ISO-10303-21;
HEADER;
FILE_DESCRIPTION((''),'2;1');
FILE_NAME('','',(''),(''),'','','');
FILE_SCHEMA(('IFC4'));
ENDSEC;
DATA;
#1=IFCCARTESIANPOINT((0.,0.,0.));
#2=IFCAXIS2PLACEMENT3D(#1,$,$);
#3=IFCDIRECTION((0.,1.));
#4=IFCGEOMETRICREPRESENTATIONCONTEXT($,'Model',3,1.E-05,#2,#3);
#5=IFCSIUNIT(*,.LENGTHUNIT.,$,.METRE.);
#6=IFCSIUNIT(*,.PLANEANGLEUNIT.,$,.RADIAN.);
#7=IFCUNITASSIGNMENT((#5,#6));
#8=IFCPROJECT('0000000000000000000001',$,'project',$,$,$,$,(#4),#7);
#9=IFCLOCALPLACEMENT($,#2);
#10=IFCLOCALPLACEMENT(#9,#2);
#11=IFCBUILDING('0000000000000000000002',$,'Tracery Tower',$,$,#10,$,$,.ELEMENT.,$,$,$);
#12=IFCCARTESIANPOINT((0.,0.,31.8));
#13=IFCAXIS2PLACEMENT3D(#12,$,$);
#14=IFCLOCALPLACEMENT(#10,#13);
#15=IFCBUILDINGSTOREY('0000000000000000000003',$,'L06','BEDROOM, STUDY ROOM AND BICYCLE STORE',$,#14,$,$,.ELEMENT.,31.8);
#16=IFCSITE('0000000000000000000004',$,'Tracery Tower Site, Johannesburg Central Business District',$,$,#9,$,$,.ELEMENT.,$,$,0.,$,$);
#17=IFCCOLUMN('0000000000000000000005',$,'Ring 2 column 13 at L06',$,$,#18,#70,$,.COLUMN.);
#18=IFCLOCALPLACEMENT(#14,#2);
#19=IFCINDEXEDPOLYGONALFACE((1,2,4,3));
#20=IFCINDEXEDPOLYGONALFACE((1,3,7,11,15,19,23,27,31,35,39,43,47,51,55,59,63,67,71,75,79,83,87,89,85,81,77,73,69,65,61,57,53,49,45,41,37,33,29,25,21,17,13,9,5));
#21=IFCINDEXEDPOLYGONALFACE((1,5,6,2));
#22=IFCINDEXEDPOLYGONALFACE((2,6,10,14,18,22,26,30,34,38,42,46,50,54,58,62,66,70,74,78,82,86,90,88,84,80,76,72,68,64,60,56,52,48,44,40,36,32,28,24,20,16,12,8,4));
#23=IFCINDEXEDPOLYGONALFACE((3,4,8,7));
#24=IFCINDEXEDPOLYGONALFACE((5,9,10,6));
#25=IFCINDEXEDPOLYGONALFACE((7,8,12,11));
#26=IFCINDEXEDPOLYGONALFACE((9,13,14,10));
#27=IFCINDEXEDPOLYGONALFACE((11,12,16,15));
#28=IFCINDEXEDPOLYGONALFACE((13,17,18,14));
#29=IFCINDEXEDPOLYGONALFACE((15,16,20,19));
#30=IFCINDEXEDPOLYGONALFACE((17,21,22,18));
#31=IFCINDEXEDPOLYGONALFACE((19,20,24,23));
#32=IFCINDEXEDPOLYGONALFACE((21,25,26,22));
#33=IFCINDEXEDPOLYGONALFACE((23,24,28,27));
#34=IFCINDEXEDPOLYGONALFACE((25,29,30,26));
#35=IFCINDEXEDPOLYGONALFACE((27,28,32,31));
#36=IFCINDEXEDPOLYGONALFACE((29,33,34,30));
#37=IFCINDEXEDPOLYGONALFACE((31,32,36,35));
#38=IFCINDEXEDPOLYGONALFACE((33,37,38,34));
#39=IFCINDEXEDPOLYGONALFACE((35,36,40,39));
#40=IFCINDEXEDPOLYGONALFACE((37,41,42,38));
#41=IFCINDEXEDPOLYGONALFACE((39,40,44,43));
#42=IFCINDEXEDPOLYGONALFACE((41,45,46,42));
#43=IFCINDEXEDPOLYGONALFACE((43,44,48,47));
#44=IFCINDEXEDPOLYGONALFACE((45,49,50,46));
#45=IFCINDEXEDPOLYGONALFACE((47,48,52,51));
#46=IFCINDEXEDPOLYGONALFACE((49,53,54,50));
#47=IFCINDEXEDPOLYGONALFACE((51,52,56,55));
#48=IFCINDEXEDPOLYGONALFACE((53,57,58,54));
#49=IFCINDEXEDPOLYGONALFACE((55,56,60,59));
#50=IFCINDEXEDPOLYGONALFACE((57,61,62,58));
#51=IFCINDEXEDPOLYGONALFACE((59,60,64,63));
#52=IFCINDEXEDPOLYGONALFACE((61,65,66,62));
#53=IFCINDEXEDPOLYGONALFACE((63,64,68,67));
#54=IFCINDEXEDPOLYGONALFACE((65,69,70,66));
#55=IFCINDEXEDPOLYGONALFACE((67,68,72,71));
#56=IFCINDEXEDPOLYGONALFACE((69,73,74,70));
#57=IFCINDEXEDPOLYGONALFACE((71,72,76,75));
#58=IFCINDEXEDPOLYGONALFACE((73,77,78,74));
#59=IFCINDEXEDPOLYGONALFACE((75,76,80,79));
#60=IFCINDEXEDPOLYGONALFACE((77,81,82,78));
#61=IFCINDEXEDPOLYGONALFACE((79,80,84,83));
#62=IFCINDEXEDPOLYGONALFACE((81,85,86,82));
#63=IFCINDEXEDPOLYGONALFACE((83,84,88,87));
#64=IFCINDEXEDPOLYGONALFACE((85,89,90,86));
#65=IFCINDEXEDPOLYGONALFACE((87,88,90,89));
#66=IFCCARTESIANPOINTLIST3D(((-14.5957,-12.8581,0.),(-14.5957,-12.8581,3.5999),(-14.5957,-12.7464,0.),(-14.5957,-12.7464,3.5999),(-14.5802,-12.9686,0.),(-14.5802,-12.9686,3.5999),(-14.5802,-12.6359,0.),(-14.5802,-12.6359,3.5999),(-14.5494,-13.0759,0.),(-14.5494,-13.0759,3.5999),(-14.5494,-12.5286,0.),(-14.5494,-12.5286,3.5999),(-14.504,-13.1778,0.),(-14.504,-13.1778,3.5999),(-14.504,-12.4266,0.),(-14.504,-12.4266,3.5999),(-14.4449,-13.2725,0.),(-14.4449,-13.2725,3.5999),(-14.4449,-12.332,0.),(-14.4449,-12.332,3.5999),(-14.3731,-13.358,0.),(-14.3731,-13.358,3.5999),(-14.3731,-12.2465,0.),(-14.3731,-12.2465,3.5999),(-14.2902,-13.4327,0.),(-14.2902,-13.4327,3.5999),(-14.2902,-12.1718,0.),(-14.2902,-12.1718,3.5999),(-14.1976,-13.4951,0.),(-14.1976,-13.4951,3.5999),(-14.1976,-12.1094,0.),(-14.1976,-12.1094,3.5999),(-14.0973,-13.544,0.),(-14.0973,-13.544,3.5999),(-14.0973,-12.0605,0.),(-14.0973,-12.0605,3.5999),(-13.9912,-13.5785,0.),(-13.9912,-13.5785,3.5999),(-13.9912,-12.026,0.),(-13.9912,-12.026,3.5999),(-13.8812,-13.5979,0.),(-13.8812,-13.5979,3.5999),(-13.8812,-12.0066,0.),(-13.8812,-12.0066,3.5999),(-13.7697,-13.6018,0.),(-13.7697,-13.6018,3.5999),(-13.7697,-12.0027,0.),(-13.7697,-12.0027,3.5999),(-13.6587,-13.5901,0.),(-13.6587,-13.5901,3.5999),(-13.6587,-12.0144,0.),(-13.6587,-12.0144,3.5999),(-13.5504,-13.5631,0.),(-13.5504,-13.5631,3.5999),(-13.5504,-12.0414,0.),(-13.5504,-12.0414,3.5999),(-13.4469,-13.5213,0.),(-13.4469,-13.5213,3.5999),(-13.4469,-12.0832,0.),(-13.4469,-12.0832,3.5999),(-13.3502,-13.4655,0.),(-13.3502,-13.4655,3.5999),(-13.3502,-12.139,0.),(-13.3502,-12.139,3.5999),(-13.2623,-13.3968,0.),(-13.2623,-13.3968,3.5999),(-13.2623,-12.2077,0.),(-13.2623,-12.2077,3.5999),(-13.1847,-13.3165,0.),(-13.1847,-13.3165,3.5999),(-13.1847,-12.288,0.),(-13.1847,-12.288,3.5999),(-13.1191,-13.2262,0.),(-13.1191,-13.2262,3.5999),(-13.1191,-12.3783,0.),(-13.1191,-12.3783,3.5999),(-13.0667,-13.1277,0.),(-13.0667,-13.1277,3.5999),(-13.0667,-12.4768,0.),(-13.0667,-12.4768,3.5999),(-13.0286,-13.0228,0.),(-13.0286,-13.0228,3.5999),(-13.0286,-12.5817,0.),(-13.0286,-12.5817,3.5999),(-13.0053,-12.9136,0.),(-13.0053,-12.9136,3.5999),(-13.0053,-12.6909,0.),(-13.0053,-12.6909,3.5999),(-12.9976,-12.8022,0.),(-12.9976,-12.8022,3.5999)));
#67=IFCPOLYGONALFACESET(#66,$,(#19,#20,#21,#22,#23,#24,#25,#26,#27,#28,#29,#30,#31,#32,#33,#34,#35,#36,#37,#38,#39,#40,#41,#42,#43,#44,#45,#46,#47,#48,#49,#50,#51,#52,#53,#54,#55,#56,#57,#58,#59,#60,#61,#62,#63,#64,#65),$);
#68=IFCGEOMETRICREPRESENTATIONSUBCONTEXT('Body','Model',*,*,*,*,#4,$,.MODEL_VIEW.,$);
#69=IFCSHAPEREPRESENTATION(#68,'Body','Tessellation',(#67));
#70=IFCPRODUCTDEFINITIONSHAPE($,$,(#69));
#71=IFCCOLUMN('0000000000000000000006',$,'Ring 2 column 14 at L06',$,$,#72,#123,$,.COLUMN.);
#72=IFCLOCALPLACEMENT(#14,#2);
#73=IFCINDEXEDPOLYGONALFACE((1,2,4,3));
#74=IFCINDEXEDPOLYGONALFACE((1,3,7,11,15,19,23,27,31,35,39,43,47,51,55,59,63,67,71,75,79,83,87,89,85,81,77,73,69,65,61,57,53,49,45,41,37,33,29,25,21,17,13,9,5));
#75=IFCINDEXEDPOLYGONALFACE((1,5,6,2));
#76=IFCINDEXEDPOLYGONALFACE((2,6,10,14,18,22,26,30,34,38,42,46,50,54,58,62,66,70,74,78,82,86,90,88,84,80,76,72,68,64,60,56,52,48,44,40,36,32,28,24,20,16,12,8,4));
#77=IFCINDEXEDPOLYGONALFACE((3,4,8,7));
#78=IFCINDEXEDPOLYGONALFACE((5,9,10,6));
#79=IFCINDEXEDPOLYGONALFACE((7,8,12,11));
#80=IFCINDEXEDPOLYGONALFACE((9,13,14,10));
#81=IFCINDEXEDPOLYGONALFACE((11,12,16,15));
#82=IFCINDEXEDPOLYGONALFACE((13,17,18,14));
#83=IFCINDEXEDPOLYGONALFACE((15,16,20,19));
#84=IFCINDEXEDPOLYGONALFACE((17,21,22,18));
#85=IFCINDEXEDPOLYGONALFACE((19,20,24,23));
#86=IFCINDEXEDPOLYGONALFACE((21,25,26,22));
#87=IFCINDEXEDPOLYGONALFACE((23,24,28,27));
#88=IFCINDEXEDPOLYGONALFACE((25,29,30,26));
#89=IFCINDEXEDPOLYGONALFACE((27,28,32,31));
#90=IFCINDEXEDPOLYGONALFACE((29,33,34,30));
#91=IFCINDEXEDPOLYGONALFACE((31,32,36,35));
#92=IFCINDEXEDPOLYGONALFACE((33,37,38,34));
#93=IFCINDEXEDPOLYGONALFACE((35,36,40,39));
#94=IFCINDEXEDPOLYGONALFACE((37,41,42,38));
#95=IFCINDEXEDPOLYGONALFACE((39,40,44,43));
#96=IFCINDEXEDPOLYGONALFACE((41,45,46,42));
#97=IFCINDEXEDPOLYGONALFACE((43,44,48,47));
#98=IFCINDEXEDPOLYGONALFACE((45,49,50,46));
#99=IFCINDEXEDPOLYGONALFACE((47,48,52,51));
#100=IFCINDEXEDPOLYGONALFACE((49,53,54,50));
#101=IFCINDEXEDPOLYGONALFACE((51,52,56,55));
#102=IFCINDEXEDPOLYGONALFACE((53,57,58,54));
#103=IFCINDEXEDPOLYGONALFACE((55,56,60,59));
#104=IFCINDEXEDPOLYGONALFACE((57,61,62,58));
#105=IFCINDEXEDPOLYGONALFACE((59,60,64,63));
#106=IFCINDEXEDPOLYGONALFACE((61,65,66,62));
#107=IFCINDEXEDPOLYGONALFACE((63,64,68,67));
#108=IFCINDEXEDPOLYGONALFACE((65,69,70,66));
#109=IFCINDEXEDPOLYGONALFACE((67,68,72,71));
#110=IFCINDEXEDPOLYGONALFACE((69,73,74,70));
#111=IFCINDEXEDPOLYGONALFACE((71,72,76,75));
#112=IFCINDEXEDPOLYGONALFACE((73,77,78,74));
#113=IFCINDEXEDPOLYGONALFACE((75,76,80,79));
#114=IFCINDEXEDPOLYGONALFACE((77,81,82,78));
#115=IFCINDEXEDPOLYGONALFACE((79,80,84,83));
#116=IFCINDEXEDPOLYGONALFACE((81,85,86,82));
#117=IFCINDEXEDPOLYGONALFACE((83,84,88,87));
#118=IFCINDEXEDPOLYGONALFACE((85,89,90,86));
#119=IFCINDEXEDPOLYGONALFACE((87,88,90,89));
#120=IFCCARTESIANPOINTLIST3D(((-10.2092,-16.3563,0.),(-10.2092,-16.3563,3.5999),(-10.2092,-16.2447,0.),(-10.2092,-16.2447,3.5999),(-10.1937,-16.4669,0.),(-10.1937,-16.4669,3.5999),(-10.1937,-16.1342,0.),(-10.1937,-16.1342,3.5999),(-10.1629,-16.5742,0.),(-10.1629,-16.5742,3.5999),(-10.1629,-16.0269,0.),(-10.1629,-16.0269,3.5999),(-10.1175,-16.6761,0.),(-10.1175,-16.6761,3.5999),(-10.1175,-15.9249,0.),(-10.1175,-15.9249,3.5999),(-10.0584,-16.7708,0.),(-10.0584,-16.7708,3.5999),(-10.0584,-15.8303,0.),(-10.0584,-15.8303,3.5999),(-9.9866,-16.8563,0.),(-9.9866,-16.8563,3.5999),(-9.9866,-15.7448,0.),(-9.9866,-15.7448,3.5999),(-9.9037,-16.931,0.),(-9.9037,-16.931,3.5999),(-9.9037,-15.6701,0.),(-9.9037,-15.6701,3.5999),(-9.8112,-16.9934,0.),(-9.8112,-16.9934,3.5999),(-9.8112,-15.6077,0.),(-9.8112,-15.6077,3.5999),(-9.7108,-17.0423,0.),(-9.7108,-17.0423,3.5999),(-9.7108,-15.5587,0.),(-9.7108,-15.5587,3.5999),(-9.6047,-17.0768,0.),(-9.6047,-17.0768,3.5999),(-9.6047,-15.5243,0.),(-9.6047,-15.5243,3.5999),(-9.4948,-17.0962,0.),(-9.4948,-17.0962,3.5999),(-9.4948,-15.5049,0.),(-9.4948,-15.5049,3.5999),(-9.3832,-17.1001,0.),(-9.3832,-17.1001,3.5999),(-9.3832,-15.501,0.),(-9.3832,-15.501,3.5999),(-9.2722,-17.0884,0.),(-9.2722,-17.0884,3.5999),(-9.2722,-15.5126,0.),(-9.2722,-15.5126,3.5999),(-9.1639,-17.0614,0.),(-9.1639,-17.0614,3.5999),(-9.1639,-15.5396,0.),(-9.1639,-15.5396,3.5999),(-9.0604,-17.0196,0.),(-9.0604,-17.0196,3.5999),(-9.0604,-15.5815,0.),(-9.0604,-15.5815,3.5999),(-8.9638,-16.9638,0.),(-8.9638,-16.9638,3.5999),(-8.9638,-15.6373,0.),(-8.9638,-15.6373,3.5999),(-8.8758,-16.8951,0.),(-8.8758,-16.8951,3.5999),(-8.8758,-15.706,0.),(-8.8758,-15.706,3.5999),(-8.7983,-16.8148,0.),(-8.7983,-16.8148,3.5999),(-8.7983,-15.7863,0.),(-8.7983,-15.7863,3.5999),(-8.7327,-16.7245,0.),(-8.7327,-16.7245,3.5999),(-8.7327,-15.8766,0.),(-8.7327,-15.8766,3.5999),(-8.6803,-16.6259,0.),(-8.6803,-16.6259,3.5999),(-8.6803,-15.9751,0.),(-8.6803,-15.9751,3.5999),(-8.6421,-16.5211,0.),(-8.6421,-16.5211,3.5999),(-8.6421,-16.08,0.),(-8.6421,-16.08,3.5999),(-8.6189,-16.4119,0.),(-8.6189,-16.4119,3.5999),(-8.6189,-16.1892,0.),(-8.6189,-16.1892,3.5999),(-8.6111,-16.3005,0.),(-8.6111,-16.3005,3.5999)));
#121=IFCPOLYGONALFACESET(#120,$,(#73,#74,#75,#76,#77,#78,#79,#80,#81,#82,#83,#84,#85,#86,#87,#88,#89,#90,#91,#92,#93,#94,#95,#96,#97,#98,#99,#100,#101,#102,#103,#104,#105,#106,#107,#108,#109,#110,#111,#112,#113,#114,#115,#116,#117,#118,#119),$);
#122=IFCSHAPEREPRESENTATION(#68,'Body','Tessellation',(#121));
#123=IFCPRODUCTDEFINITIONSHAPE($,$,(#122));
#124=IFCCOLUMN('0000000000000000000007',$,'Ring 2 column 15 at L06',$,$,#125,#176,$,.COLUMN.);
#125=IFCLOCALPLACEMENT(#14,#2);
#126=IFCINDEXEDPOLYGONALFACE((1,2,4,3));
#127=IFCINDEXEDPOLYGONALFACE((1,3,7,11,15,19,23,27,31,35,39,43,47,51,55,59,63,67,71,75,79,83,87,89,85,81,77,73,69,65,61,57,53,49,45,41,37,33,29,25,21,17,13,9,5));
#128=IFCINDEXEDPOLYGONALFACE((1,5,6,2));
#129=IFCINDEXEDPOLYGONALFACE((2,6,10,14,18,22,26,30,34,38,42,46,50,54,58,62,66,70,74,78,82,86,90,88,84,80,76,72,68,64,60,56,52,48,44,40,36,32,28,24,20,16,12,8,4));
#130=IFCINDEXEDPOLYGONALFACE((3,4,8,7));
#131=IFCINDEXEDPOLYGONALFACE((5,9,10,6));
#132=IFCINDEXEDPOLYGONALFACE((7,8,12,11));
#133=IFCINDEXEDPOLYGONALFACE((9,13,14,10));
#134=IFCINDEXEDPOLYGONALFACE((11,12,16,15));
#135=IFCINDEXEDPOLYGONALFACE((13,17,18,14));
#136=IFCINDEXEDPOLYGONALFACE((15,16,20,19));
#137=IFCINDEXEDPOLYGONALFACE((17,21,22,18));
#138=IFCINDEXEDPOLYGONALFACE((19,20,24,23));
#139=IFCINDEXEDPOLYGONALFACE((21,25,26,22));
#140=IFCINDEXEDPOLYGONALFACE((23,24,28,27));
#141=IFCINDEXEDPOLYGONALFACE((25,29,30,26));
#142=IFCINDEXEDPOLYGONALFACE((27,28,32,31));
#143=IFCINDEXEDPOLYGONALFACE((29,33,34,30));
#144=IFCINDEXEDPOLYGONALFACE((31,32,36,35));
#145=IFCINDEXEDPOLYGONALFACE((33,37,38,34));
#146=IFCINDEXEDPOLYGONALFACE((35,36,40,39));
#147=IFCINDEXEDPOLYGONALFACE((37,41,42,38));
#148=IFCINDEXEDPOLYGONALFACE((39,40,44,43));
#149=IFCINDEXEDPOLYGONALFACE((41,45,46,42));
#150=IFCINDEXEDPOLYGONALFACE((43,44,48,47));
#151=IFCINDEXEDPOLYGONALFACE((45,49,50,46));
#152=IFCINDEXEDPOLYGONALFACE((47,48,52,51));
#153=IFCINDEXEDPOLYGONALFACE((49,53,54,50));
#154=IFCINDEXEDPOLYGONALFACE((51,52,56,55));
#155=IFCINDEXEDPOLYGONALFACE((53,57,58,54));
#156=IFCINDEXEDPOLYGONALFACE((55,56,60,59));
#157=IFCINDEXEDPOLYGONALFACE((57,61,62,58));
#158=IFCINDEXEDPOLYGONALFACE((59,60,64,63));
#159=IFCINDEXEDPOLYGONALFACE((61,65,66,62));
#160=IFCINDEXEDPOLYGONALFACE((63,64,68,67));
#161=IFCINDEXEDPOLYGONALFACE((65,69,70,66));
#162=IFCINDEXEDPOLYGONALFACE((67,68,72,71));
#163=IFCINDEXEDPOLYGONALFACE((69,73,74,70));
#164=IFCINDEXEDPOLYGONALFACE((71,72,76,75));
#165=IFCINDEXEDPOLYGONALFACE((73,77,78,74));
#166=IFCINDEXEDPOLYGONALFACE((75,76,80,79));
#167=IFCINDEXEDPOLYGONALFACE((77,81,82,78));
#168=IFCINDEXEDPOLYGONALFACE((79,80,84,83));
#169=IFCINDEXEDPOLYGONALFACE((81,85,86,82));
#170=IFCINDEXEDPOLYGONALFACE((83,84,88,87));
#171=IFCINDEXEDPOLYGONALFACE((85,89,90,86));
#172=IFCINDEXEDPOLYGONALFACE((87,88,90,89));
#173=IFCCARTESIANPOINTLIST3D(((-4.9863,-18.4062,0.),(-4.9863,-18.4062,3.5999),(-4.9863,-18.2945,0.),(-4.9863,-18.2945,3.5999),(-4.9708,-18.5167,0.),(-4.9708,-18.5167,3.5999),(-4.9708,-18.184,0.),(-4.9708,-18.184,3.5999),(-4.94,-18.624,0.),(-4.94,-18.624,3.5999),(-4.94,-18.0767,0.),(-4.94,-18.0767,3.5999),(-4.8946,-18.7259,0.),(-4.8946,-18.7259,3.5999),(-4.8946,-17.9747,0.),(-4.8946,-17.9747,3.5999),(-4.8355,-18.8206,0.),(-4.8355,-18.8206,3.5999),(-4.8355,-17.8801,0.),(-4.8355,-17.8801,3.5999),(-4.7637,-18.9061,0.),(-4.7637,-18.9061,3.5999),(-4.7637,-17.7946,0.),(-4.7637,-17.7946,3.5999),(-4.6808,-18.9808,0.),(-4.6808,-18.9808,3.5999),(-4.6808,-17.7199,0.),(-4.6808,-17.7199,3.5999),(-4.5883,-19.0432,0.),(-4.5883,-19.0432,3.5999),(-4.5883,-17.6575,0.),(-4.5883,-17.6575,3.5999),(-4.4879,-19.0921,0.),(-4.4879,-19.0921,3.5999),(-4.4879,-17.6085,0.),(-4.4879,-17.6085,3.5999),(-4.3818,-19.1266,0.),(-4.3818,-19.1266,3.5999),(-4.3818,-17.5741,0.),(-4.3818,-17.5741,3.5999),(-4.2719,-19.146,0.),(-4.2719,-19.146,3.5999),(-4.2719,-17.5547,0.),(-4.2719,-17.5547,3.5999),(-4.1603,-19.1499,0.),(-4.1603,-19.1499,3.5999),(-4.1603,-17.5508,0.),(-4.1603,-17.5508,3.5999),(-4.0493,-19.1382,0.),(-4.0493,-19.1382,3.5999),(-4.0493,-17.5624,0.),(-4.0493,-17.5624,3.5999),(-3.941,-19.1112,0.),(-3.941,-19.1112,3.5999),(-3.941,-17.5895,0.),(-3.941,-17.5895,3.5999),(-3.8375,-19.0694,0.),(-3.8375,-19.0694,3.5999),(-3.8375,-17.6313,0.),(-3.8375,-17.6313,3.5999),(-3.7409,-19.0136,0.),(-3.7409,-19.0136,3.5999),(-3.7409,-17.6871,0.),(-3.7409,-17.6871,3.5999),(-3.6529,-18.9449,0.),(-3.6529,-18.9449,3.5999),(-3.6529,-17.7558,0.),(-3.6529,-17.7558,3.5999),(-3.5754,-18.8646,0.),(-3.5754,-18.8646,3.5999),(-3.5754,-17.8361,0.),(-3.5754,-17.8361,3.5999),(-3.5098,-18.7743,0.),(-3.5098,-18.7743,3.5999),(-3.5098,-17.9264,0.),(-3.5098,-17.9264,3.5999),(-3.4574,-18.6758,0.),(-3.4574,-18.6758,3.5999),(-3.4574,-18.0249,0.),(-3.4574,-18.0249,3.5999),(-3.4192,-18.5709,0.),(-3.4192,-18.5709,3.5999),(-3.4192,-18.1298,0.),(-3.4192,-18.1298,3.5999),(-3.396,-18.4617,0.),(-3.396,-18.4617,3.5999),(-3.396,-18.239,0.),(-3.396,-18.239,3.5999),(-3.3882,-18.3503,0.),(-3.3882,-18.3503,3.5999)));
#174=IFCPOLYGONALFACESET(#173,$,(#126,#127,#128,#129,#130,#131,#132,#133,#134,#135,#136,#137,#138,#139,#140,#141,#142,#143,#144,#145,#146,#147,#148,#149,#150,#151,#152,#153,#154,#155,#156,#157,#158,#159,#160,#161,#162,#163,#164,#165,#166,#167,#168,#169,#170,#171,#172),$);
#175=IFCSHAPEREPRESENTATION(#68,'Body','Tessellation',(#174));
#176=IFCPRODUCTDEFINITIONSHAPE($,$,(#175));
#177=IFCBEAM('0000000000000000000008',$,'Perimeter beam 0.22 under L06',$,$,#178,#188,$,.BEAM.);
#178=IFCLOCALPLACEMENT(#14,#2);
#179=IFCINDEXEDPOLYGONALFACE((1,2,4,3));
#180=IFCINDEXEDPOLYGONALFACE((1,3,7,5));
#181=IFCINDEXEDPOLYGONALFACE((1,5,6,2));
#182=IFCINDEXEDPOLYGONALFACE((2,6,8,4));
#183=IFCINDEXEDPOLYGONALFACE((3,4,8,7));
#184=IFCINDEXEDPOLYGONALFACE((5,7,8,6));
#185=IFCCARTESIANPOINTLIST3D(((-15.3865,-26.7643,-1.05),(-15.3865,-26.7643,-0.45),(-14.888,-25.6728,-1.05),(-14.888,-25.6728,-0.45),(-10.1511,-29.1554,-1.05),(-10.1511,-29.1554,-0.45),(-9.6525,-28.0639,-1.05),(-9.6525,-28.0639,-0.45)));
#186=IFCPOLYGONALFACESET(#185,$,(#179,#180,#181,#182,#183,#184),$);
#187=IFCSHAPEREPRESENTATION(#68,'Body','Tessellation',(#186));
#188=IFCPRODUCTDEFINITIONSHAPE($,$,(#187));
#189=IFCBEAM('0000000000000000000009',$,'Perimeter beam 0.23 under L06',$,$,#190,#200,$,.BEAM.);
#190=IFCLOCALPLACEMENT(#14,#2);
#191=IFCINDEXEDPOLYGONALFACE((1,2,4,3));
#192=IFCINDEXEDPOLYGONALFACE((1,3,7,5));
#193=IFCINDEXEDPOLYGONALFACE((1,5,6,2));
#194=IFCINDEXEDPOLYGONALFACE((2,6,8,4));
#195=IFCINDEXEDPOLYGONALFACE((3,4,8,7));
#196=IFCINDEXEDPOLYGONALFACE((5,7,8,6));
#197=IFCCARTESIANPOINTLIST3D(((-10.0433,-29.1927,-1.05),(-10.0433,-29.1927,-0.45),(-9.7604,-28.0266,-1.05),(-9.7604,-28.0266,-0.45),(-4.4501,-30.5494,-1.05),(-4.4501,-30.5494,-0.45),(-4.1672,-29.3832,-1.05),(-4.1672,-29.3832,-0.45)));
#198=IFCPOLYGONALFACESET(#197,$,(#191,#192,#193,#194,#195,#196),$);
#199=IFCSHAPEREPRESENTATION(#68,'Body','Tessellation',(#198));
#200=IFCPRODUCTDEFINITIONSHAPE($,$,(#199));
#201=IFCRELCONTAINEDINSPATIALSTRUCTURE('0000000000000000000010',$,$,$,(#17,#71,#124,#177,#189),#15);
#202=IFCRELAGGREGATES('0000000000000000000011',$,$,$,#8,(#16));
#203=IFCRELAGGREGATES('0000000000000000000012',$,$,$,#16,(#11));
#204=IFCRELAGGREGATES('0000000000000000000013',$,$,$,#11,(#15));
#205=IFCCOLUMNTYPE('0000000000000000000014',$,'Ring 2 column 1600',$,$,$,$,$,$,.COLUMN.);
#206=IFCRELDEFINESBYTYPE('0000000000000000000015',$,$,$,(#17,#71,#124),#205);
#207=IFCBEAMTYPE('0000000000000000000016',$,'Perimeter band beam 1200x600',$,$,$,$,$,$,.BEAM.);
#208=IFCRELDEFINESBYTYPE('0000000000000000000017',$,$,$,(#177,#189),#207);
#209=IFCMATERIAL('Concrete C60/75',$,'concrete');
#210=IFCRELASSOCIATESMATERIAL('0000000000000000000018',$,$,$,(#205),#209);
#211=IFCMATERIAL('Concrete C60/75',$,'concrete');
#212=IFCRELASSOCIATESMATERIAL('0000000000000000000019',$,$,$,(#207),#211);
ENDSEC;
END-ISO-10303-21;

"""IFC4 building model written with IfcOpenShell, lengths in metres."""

from ifc_helpers import new_model, si_unit, direction, frame, origin, origin_2d, place, context, subcontext, project, spatial, rectangle, circle, extrude, material, material_profile, profile_set, type_object, element, save


model = new_model("IFC4")

# Units and contexts
model_context = context("Model", 3, precision=1e-05, world=origin(), true_north=direction((0.0, 1.0)))
body_context = subcontext(model_context, "Body", "Model", "MODEL_VIEW")
ifc_project = project(units=[si_unit("LENGTHUNIT", "METRE"), si_unit("PLANEANGLEUNIT", "RADIAN")], contexts=[model_context])

# Site, building, storey
site_placement = place(None, origin())
site = spatial("IfcSite", under=ifc_project, at=site_placement, Name="Tracery Tower Site, Johannesburg Central Business District", CompositionType="ELEMENT", RefElevation=0.0)
building_placement = place(site_placement, origin())
building = spatial("IfcBuilding", under=site, at=building_placement, Name="Tracery Tower", CompositionType="ELEMENT")
storey_placement = place(building_placement, frame((0.0, 0.0, 31.8)))
storey = spatial("IfcBuildingStorey", under=building, at=storey_placement, Name="L06", Description="BEDROOM, STUDY ROOM AND BICYCLE STORE", CompositionType="ELEMENT", Elevation=31.8)

# Columns
ifc_material_1 = material(Name="Concrete C60/75", Category="concrete")
ifc_material_profile_1 = material_profile(ifc_material_1, circle(Radius=0.8, at=origin_2d()), Name="RC D1600")
ifc_profile_set_1 = profile_set([ifc_material_profile_1], Name="Concrete C60/75")
column_type_1 = type_object("IfcColumnType", Name="Ring 2 column 1600", PredefinedType="COLUMN", material=ifc_profile_set_1)
for number, where, z_axis, x_axis, name in (
    (1, (-13.7976, -12.8022, 0.0), (0.0, 0.0, 1.0), (1.0, 0.0, 0.0), "Ring 2 column 13 at L06"),
    (2, (-9.4111, -16.3005, 0.0), (0.0, 0.0, 1.0), (1.0, 0.0, 0.0), "Ring 2 column 14 at L06"),
    (3, (-4.1882, -18.3503, 0.0), (0.0, 0.0, 1.0), (1.0, 0.0, 0.0), "Ring 2 column 15 at L06"),
):
    element("IfcColumn", number, at=place(storey_placement, frame(where, z_axis=z_axis, x_axis=x_axis)), inside=storey, type_object=column_type_1, Name=name, PredefinedType="COLUMN", context=body_context, shape_type="SweptSolid", body=[
        extrude(circle(Radius=0.8, at=origin_2d()), origin(), (0.0, 0.0, 1.0), 3.5999),
    ])

# Beams
ifc_material_2 = material(Name="Concrete C60/75", Category="concrete")
ifc_material_profile_2 = material_profile(ifc_material_2, rectangle(XDim=1.2, YDim=0.6001, at=origin_2d()), Name="RC 1200x600")
ifc_profile_set_2 = profile_set([ifc_material_profile_2], Name="Concrete C60/75")
beam_type = type_object("IfcBeamType", Name="Perimeter band beam 1200x600", PredefinedType="BEAM", material=ifc_profile_set_2)
beam_1_placement = place(storey_placement, frame((-15.1372, -26.2185, -0.75), z_axis=(0.909618, -0.415445, 0.0), x_axis=(0.415445, 0.909618, 0.0)))
element("IfcBeam", 4, at=beam_1_placement, inside=storey, type_object=beam_type, Name="Perimeter beam 0.22 under L06", PredefinedType="BEAM", context=body_context, shape_type="SweptSolid", body=[
    extrude(rectangle(XDim=1.2, YDim=0.6001, at=origin_2d()), origin(), (0.0, 0.0, 1.0), 5.7556),
])
beam_2_placement = place(storey_placement, frame((-9.9019, -28.6096, -0.75), z_axis=(0.97182, -0.235723, 0.0), x_axis=(0.235723, 0.97182, 0.0)))
element("IfcBeam", 5, at=beam_2_placement, inside=storey, type_object=beam_type, Name="Perimeter beam 0.23 under L06", PredefinedType="BEAM", context=body_context, shape_type="SweptSolid", body=[
    extrude(rectangle(XDim=1.2, YDim=0.6001, at=origin_2d()), origin(), (0.0, 0.0, 1.0), 5.7554),
])

save(model, "model.ifc")
